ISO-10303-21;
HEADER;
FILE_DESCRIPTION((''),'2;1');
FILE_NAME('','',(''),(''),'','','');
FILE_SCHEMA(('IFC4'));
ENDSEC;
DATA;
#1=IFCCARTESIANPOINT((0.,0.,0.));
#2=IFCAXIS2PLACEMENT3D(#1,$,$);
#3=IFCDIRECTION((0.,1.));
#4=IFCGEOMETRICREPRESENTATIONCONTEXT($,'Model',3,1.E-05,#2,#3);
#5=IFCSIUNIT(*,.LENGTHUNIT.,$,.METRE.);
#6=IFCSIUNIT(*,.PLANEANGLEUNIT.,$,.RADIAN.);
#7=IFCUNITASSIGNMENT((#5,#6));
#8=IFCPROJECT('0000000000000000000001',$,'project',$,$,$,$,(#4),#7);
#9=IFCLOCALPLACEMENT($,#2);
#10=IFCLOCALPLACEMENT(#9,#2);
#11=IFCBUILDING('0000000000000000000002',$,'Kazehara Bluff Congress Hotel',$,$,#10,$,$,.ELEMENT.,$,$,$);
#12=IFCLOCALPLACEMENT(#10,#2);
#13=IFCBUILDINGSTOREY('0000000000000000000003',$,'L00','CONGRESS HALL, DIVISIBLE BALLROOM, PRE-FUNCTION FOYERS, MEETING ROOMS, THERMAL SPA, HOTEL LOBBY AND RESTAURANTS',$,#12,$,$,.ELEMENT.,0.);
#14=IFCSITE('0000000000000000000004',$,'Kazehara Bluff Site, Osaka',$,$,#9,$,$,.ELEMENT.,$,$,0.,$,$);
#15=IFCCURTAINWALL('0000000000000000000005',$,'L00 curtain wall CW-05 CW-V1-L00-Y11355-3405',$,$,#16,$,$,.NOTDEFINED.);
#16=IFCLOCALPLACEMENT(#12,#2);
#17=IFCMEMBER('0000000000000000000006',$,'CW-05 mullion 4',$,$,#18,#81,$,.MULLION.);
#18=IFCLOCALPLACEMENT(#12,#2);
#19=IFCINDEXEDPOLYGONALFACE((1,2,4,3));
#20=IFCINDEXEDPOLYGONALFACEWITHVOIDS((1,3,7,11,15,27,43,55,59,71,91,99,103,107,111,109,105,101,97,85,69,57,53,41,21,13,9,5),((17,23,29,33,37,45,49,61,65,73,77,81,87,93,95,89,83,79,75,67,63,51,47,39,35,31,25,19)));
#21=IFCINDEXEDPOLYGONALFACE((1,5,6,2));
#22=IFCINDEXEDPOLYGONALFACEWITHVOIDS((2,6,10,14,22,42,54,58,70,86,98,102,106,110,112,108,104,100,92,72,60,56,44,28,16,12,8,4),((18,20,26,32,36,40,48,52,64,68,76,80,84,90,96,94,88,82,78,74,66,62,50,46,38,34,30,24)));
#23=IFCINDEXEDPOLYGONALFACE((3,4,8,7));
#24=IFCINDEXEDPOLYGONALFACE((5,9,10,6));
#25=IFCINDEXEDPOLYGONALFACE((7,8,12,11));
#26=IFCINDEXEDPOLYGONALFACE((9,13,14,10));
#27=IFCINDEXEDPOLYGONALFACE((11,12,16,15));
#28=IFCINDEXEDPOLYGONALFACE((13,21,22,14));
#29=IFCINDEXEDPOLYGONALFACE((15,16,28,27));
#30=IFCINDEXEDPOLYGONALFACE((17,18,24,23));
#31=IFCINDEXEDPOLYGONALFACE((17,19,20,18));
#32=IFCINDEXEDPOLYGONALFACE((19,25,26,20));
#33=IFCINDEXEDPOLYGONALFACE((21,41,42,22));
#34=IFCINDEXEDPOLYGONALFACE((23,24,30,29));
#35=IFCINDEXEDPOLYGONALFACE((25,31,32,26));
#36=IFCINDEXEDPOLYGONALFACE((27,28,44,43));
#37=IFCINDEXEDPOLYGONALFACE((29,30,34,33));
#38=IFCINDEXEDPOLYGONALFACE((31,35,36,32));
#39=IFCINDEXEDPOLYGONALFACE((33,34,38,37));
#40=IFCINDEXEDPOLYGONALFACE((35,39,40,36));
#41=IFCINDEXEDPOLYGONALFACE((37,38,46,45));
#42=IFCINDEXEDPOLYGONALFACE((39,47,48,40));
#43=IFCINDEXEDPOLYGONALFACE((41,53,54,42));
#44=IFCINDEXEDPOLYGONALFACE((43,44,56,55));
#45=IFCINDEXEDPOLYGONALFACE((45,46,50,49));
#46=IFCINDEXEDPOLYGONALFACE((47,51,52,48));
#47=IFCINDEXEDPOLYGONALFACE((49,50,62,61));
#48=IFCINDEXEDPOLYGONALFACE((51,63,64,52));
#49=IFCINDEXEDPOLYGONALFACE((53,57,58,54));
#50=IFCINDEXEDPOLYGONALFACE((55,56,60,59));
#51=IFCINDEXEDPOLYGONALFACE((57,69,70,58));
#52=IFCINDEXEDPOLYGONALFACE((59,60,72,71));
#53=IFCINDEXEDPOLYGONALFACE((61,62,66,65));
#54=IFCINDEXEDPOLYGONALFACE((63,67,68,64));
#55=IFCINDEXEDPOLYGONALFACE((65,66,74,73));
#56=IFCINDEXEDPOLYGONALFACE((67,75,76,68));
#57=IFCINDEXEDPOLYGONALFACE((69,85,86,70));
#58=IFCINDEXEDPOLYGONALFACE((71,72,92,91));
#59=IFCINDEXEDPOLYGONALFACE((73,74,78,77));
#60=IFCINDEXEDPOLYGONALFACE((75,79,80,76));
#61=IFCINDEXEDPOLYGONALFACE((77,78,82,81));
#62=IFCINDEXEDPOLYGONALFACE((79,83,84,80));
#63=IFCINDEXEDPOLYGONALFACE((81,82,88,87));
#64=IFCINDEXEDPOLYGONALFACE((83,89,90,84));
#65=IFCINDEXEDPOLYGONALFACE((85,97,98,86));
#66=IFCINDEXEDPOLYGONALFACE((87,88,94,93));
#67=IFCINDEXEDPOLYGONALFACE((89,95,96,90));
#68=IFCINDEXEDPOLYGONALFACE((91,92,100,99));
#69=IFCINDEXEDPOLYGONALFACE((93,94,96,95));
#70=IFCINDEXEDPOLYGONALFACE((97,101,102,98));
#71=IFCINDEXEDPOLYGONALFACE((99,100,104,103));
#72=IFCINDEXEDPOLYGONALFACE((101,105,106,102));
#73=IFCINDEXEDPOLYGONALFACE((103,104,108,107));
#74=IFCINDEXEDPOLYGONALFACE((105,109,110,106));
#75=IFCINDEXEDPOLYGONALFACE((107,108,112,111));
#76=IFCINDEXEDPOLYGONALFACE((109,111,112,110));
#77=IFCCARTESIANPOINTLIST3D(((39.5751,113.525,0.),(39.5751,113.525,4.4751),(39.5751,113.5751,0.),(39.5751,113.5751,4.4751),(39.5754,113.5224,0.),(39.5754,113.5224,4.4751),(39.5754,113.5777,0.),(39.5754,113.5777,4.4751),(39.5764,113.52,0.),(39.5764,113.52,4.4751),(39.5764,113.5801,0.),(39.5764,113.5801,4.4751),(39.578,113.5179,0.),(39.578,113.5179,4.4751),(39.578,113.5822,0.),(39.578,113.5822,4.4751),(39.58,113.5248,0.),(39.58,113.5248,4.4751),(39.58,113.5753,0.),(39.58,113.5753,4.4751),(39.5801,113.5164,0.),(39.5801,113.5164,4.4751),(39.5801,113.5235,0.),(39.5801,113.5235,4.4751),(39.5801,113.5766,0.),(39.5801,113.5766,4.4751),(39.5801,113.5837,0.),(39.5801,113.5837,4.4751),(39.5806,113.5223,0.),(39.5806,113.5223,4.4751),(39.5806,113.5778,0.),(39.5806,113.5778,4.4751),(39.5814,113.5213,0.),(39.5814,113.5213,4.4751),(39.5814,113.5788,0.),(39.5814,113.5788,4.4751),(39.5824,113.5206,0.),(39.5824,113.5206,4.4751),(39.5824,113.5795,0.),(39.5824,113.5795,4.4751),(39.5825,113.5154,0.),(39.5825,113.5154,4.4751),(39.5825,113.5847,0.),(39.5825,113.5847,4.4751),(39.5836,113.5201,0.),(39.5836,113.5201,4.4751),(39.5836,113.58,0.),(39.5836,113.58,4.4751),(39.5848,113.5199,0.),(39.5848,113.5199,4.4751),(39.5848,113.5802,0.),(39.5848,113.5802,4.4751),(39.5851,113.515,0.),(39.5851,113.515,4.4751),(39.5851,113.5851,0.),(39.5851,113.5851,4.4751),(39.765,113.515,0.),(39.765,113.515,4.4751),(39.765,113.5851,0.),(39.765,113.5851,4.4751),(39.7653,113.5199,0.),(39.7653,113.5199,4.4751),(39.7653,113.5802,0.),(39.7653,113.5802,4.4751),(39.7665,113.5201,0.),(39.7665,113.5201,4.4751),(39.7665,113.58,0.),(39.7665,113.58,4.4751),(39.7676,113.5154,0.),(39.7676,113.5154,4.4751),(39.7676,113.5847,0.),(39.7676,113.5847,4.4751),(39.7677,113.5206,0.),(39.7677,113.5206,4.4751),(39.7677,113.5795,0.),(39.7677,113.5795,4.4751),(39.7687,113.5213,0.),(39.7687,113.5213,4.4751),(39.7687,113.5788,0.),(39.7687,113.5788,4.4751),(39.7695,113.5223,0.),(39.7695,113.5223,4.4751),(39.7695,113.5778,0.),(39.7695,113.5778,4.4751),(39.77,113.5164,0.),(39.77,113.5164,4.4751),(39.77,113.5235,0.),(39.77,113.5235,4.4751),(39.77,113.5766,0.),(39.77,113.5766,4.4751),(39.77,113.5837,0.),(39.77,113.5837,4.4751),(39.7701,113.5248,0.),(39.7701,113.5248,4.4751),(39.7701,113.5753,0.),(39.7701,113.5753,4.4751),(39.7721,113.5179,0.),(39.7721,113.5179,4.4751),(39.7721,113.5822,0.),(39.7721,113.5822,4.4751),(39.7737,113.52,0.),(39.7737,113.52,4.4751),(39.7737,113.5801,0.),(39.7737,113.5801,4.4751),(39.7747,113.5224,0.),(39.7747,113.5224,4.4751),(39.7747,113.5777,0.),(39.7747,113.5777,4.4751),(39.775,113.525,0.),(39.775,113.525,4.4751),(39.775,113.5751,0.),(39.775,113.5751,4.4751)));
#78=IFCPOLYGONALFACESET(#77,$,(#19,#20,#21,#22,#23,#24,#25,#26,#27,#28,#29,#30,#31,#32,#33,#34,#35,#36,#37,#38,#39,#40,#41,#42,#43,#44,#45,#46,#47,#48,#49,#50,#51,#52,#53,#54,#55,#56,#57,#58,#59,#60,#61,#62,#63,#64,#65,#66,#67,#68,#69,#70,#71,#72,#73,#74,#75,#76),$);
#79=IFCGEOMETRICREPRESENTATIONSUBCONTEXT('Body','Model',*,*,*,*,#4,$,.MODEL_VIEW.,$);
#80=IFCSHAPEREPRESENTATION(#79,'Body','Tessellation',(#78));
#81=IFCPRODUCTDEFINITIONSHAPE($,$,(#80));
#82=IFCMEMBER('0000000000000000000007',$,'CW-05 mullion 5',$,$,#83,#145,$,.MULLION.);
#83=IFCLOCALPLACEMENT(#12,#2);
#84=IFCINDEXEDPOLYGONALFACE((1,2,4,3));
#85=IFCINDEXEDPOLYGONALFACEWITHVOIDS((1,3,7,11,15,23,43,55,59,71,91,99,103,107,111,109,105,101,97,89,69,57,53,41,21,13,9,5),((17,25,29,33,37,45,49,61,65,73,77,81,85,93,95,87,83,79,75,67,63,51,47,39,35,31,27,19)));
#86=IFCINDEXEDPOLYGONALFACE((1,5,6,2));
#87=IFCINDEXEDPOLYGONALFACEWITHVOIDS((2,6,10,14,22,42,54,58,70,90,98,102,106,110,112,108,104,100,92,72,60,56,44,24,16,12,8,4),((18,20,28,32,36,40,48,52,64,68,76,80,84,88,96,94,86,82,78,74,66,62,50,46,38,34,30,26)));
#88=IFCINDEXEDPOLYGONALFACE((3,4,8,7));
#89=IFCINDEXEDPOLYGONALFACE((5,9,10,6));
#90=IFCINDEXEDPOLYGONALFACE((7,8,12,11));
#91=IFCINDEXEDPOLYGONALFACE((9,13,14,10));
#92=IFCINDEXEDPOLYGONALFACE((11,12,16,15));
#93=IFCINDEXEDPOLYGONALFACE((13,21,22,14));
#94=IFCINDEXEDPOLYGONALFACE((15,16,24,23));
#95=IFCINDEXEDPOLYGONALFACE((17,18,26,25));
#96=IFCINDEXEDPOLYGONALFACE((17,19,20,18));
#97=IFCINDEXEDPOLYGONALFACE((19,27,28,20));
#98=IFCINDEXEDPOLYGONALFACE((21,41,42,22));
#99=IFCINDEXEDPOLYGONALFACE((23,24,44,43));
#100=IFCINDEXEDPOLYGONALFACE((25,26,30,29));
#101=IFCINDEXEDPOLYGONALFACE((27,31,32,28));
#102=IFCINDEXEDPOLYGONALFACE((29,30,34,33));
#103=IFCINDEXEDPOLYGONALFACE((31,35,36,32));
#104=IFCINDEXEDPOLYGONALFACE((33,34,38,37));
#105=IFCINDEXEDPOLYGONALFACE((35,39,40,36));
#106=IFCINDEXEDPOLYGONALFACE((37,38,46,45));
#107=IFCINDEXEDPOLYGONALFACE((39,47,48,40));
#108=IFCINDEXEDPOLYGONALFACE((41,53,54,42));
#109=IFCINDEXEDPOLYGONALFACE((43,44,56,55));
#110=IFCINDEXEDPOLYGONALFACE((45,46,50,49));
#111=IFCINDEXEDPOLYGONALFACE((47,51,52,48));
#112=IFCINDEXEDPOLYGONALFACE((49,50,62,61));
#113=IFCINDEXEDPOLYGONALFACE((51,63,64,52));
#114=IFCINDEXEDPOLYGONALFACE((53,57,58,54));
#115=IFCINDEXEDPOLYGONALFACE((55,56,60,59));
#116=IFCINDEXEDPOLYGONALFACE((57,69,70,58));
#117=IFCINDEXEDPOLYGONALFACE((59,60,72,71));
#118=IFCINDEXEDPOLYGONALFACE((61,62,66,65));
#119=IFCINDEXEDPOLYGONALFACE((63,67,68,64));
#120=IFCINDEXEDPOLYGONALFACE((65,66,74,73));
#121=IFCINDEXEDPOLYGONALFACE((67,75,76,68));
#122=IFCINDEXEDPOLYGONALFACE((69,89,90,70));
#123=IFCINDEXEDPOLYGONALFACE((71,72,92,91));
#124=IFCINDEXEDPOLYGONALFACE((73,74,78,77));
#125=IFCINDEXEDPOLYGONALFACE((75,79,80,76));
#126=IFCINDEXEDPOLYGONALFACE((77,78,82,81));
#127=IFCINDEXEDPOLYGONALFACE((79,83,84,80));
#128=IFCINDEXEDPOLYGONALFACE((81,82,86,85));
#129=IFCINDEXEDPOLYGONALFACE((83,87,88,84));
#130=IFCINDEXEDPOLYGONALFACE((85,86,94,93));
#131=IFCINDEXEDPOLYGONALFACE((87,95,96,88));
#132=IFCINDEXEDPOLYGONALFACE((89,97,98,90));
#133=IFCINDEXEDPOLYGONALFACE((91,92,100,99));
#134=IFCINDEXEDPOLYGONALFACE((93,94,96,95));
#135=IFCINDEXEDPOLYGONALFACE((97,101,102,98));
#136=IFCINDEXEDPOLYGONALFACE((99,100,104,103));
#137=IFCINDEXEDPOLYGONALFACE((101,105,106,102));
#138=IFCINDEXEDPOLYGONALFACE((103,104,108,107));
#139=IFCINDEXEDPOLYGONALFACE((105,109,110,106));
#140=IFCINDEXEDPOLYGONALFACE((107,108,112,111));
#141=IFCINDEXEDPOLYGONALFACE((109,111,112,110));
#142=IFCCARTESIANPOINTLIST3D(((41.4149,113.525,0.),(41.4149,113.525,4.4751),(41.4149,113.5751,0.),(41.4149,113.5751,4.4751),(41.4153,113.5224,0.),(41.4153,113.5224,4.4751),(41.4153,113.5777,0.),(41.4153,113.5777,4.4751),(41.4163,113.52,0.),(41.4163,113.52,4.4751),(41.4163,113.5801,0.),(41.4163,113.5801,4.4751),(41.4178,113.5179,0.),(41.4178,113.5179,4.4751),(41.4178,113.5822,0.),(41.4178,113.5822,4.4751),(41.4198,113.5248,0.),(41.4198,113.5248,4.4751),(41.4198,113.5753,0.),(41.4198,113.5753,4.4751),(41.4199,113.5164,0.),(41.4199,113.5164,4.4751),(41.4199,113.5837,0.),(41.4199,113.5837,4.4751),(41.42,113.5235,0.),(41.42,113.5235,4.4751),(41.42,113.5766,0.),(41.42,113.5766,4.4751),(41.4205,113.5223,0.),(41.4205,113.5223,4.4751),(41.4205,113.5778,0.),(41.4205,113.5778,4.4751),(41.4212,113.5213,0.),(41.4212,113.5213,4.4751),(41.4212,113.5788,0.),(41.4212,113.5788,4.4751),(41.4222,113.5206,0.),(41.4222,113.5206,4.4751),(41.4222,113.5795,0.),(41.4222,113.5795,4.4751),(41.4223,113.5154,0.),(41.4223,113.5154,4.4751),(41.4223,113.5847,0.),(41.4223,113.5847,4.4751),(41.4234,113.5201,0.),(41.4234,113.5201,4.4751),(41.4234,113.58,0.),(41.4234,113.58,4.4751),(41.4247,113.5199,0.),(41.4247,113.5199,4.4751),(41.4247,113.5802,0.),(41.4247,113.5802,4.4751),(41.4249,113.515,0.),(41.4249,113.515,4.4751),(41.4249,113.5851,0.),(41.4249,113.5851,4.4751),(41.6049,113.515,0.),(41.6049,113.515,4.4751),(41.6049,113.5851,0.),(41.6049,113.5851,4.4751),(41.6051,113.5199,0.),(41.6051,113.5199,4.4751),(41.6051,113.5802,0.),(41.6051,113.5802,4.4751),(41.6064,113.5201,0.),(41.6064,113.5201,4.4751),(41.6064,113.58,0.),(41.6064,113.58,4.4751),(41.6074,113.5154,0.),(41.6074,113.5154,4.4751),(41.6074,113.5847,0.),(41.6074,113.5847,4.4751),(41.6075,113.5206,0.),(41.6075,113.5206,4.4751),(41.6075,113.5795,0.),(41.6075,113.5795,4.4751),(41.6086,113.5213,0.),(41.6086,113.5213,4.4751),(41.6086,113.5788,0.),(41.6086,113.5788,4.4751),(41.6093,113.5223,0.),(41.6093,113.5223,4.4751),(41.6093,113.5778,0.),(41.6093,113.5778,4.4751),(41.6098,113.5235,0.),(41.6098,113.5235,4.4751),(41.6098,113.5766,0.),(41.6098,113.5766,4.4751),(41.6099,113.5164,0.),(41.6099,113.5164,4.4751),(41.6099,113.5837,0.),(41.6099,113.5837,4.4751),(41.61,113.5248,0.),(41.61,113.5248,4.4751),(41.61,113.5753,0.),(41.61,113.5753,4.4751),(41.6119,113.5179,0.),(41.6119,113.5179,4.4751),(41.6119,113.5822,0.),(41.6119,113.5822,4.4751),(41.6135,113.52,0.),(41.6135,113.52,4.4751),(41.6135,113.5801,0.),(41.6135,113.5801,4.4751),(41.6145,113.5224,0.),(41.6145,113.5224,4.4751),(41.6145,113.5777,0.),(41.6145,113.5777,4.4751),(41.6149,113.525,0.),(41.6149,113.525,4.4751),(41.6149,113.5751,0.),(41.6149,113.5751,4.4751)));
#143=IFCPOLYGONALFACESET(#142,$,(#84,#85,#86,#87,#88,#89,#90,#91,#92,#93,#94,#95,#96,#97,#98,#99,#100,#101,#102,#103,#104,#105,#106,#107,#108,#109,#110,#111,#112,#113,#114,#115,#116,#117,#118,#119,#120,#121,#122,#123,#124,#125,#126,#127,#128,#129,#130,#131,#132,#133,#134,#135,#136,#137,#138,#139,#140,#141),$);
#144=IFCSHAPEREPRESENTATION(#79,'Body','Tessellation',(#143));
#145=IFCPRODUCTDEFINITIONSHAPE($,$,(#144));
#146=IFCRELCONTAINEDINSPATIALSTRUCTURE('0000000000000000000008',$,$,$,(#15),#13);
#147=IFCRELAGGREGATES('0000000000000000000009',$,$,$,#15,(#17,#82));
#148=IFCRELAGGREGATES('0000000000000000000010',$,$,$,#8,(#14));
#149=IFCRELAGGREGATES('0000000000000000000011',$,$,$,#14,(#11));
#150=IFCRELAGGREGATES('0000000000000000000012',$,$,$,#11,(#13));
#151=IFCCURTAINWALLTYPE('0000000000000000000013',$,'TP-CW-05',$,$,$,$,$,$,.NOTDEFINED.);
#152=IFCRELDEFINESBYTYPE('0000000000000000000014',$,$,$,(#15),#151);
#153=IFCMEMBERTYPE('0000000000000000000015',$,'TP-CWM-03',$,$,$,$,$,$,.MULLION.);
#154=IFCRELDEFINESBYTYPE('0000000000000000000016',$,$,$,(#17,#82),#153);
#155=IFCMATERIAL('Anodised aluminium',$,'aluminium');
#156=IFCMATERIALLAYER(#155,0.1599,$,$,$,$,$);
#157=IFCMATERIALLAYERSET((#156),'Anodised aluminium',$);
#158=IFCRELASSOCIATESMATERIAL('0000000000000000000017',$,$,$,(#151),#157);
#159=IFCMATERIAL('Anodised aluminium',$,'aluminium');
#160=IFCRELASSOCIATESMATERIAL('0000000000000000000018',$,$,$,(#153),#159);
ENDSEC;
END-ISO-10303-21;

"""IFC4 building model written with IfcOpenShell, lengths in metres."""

from ifc_helpers import new_model, si_unit, direction, frame, origin, origin_2d, place, context, subcontext, project, spatial, hollow_rectangle, extrude, material, layer, layer_set, material_profile, profile_set, type_object, element, aggregate, save


model = new_model("IFC4")

# Units and contexts
model_context = context("Model", 3, precision=1e-05, world=origin(), true_north=direction((0.0, 1.0)))
body_context = subcontext(model_context, "Body", "Model", "MODEL_VIEW")
ifc_project = project(units=[si_unit("LENGTHUNIT", "METRE"), si_unit("PLANEANGLEUNIT", "RADIAN")], contexts=[model_context])

# Site, building, storey
site_placement = place(None, origin())
site = spatial("IfcSite", under=ifc_project, at=site_placement, Name="Kazehara Bluff Site, Osaka", CompositionType="ELEMENT", RefElevation=0.0)
building_placement = place(site_placement, origin())
building = spatial("IfcBuilding", under=site, at=building_placement, Name="Kazehara Bluff Congress Hotel", CompositionType="ELEMENT")
storey_placement = place(building_placement, origin())
storey = spatial("IfcBuildingStorey", under=building, at=storey_placement, Name="L00", Description="CONGRESS HALL, DIVISIBLE BALLROOM, PRE-FUNCTION FOYERS, MEETING ROOMS, THERMAL SPA, HOTEL LOBBY AND RESTAURANTS", CompositionType="ELEMENT", Elevation=0.0)

# Curtain wall, members
ifc_material_1 = material(Name="Anodised aluminium", Category="aluminium")
ifc_layer_1 = layer(ifc_material_1, 0.1599)
ifc_layer_set_1 = layer_set([ifc_layer_1], Name="Anodised aluminium")
curtain_wall_type_1 = type_object("IfcCurtainWallType", Name="TP-CW-05", PredefinedType="NOTDEFINED", material=ifc_layer_set_1)
curtain_wall_1_placement = place(storey_placement, origin())
curtain_wall_1 = element("IfcCurtainWall", 1, at=curtain_wall_1_placement, inside=storey, type_object=curtain_wall_type_1, Name="L00 curtain wall CW-05 CW-V1-L00-Y11355-3405", PredefinedType="NOTDEFINED")
ifc_material_2 = material(Name="Anodised aluminium", Category="aluminium")
ifc_material_profile_1 = material_profile(ifc_material_2, hollow_rectangle(XDim=0.0701, YDim=0.2, WallThickness=0.0049, InnerFilletRadius=0.0049, OuterFilletRadius=0.01, at=origin_2d()))
ifc_profile_set_1 = profile_set([ifc_material_profile_1], Name="Anodised aluminium")
member_type_1 = type_object("IfcMemberType", Name="TP-CWM-03", PredefinedType="MULLION", material=ifc_profile_set_1)
member_1_placement = place(storey_placement, frame((39.675, 113.55, 0.0), z_axis=(0.0, 0.0, 1.0), x_axis=(0.0, 1.0, 0.0)))
member_1 = element("IfcMember", 2, at=member_1_placement, type_object=member_type_1, Name="CW-05 mullion 4", PredefinedType="MULLION", context=body_context, shape_type="SweptSolid", body=[
    extrude(hollow_rectangle(XDim=0.0701, YDim=0.2, WallThickness=0.0049, InnerFilletRadius=0.0049, OuterFilletRadius=0.01, at=origin_2d()), origin(), (0.0, 0.0, 1.0), 4.4751),
])
member_2_placement = place(storey_placement, frame((41.5149, 113.55, 0.0), z_axis=(0.0, 0.0, 1.0), x_axis=(0.0, 1.0, 0.0)))
member_2 = element("IfcMember", 3, at=member_2_placement, type_object=member_type_1, Name="CW-05 mullion 5", PredefinedType="MULLION", context=body_context, shape_type="SweptSolid", body=[
    extrude(hollow_rectangle(XDim=0.0701, YDim=0.2, WallThickness=0.0049, InnerFilletRadius=0.0049, OuterFilletRadius=0.01, at=origin_2d()), origin(), (0.0, 0.0, 1.0), 4.4751),
])

aggregate(curtain_wall_1, [member_1, member_2])

save(model, "model.ifc")
